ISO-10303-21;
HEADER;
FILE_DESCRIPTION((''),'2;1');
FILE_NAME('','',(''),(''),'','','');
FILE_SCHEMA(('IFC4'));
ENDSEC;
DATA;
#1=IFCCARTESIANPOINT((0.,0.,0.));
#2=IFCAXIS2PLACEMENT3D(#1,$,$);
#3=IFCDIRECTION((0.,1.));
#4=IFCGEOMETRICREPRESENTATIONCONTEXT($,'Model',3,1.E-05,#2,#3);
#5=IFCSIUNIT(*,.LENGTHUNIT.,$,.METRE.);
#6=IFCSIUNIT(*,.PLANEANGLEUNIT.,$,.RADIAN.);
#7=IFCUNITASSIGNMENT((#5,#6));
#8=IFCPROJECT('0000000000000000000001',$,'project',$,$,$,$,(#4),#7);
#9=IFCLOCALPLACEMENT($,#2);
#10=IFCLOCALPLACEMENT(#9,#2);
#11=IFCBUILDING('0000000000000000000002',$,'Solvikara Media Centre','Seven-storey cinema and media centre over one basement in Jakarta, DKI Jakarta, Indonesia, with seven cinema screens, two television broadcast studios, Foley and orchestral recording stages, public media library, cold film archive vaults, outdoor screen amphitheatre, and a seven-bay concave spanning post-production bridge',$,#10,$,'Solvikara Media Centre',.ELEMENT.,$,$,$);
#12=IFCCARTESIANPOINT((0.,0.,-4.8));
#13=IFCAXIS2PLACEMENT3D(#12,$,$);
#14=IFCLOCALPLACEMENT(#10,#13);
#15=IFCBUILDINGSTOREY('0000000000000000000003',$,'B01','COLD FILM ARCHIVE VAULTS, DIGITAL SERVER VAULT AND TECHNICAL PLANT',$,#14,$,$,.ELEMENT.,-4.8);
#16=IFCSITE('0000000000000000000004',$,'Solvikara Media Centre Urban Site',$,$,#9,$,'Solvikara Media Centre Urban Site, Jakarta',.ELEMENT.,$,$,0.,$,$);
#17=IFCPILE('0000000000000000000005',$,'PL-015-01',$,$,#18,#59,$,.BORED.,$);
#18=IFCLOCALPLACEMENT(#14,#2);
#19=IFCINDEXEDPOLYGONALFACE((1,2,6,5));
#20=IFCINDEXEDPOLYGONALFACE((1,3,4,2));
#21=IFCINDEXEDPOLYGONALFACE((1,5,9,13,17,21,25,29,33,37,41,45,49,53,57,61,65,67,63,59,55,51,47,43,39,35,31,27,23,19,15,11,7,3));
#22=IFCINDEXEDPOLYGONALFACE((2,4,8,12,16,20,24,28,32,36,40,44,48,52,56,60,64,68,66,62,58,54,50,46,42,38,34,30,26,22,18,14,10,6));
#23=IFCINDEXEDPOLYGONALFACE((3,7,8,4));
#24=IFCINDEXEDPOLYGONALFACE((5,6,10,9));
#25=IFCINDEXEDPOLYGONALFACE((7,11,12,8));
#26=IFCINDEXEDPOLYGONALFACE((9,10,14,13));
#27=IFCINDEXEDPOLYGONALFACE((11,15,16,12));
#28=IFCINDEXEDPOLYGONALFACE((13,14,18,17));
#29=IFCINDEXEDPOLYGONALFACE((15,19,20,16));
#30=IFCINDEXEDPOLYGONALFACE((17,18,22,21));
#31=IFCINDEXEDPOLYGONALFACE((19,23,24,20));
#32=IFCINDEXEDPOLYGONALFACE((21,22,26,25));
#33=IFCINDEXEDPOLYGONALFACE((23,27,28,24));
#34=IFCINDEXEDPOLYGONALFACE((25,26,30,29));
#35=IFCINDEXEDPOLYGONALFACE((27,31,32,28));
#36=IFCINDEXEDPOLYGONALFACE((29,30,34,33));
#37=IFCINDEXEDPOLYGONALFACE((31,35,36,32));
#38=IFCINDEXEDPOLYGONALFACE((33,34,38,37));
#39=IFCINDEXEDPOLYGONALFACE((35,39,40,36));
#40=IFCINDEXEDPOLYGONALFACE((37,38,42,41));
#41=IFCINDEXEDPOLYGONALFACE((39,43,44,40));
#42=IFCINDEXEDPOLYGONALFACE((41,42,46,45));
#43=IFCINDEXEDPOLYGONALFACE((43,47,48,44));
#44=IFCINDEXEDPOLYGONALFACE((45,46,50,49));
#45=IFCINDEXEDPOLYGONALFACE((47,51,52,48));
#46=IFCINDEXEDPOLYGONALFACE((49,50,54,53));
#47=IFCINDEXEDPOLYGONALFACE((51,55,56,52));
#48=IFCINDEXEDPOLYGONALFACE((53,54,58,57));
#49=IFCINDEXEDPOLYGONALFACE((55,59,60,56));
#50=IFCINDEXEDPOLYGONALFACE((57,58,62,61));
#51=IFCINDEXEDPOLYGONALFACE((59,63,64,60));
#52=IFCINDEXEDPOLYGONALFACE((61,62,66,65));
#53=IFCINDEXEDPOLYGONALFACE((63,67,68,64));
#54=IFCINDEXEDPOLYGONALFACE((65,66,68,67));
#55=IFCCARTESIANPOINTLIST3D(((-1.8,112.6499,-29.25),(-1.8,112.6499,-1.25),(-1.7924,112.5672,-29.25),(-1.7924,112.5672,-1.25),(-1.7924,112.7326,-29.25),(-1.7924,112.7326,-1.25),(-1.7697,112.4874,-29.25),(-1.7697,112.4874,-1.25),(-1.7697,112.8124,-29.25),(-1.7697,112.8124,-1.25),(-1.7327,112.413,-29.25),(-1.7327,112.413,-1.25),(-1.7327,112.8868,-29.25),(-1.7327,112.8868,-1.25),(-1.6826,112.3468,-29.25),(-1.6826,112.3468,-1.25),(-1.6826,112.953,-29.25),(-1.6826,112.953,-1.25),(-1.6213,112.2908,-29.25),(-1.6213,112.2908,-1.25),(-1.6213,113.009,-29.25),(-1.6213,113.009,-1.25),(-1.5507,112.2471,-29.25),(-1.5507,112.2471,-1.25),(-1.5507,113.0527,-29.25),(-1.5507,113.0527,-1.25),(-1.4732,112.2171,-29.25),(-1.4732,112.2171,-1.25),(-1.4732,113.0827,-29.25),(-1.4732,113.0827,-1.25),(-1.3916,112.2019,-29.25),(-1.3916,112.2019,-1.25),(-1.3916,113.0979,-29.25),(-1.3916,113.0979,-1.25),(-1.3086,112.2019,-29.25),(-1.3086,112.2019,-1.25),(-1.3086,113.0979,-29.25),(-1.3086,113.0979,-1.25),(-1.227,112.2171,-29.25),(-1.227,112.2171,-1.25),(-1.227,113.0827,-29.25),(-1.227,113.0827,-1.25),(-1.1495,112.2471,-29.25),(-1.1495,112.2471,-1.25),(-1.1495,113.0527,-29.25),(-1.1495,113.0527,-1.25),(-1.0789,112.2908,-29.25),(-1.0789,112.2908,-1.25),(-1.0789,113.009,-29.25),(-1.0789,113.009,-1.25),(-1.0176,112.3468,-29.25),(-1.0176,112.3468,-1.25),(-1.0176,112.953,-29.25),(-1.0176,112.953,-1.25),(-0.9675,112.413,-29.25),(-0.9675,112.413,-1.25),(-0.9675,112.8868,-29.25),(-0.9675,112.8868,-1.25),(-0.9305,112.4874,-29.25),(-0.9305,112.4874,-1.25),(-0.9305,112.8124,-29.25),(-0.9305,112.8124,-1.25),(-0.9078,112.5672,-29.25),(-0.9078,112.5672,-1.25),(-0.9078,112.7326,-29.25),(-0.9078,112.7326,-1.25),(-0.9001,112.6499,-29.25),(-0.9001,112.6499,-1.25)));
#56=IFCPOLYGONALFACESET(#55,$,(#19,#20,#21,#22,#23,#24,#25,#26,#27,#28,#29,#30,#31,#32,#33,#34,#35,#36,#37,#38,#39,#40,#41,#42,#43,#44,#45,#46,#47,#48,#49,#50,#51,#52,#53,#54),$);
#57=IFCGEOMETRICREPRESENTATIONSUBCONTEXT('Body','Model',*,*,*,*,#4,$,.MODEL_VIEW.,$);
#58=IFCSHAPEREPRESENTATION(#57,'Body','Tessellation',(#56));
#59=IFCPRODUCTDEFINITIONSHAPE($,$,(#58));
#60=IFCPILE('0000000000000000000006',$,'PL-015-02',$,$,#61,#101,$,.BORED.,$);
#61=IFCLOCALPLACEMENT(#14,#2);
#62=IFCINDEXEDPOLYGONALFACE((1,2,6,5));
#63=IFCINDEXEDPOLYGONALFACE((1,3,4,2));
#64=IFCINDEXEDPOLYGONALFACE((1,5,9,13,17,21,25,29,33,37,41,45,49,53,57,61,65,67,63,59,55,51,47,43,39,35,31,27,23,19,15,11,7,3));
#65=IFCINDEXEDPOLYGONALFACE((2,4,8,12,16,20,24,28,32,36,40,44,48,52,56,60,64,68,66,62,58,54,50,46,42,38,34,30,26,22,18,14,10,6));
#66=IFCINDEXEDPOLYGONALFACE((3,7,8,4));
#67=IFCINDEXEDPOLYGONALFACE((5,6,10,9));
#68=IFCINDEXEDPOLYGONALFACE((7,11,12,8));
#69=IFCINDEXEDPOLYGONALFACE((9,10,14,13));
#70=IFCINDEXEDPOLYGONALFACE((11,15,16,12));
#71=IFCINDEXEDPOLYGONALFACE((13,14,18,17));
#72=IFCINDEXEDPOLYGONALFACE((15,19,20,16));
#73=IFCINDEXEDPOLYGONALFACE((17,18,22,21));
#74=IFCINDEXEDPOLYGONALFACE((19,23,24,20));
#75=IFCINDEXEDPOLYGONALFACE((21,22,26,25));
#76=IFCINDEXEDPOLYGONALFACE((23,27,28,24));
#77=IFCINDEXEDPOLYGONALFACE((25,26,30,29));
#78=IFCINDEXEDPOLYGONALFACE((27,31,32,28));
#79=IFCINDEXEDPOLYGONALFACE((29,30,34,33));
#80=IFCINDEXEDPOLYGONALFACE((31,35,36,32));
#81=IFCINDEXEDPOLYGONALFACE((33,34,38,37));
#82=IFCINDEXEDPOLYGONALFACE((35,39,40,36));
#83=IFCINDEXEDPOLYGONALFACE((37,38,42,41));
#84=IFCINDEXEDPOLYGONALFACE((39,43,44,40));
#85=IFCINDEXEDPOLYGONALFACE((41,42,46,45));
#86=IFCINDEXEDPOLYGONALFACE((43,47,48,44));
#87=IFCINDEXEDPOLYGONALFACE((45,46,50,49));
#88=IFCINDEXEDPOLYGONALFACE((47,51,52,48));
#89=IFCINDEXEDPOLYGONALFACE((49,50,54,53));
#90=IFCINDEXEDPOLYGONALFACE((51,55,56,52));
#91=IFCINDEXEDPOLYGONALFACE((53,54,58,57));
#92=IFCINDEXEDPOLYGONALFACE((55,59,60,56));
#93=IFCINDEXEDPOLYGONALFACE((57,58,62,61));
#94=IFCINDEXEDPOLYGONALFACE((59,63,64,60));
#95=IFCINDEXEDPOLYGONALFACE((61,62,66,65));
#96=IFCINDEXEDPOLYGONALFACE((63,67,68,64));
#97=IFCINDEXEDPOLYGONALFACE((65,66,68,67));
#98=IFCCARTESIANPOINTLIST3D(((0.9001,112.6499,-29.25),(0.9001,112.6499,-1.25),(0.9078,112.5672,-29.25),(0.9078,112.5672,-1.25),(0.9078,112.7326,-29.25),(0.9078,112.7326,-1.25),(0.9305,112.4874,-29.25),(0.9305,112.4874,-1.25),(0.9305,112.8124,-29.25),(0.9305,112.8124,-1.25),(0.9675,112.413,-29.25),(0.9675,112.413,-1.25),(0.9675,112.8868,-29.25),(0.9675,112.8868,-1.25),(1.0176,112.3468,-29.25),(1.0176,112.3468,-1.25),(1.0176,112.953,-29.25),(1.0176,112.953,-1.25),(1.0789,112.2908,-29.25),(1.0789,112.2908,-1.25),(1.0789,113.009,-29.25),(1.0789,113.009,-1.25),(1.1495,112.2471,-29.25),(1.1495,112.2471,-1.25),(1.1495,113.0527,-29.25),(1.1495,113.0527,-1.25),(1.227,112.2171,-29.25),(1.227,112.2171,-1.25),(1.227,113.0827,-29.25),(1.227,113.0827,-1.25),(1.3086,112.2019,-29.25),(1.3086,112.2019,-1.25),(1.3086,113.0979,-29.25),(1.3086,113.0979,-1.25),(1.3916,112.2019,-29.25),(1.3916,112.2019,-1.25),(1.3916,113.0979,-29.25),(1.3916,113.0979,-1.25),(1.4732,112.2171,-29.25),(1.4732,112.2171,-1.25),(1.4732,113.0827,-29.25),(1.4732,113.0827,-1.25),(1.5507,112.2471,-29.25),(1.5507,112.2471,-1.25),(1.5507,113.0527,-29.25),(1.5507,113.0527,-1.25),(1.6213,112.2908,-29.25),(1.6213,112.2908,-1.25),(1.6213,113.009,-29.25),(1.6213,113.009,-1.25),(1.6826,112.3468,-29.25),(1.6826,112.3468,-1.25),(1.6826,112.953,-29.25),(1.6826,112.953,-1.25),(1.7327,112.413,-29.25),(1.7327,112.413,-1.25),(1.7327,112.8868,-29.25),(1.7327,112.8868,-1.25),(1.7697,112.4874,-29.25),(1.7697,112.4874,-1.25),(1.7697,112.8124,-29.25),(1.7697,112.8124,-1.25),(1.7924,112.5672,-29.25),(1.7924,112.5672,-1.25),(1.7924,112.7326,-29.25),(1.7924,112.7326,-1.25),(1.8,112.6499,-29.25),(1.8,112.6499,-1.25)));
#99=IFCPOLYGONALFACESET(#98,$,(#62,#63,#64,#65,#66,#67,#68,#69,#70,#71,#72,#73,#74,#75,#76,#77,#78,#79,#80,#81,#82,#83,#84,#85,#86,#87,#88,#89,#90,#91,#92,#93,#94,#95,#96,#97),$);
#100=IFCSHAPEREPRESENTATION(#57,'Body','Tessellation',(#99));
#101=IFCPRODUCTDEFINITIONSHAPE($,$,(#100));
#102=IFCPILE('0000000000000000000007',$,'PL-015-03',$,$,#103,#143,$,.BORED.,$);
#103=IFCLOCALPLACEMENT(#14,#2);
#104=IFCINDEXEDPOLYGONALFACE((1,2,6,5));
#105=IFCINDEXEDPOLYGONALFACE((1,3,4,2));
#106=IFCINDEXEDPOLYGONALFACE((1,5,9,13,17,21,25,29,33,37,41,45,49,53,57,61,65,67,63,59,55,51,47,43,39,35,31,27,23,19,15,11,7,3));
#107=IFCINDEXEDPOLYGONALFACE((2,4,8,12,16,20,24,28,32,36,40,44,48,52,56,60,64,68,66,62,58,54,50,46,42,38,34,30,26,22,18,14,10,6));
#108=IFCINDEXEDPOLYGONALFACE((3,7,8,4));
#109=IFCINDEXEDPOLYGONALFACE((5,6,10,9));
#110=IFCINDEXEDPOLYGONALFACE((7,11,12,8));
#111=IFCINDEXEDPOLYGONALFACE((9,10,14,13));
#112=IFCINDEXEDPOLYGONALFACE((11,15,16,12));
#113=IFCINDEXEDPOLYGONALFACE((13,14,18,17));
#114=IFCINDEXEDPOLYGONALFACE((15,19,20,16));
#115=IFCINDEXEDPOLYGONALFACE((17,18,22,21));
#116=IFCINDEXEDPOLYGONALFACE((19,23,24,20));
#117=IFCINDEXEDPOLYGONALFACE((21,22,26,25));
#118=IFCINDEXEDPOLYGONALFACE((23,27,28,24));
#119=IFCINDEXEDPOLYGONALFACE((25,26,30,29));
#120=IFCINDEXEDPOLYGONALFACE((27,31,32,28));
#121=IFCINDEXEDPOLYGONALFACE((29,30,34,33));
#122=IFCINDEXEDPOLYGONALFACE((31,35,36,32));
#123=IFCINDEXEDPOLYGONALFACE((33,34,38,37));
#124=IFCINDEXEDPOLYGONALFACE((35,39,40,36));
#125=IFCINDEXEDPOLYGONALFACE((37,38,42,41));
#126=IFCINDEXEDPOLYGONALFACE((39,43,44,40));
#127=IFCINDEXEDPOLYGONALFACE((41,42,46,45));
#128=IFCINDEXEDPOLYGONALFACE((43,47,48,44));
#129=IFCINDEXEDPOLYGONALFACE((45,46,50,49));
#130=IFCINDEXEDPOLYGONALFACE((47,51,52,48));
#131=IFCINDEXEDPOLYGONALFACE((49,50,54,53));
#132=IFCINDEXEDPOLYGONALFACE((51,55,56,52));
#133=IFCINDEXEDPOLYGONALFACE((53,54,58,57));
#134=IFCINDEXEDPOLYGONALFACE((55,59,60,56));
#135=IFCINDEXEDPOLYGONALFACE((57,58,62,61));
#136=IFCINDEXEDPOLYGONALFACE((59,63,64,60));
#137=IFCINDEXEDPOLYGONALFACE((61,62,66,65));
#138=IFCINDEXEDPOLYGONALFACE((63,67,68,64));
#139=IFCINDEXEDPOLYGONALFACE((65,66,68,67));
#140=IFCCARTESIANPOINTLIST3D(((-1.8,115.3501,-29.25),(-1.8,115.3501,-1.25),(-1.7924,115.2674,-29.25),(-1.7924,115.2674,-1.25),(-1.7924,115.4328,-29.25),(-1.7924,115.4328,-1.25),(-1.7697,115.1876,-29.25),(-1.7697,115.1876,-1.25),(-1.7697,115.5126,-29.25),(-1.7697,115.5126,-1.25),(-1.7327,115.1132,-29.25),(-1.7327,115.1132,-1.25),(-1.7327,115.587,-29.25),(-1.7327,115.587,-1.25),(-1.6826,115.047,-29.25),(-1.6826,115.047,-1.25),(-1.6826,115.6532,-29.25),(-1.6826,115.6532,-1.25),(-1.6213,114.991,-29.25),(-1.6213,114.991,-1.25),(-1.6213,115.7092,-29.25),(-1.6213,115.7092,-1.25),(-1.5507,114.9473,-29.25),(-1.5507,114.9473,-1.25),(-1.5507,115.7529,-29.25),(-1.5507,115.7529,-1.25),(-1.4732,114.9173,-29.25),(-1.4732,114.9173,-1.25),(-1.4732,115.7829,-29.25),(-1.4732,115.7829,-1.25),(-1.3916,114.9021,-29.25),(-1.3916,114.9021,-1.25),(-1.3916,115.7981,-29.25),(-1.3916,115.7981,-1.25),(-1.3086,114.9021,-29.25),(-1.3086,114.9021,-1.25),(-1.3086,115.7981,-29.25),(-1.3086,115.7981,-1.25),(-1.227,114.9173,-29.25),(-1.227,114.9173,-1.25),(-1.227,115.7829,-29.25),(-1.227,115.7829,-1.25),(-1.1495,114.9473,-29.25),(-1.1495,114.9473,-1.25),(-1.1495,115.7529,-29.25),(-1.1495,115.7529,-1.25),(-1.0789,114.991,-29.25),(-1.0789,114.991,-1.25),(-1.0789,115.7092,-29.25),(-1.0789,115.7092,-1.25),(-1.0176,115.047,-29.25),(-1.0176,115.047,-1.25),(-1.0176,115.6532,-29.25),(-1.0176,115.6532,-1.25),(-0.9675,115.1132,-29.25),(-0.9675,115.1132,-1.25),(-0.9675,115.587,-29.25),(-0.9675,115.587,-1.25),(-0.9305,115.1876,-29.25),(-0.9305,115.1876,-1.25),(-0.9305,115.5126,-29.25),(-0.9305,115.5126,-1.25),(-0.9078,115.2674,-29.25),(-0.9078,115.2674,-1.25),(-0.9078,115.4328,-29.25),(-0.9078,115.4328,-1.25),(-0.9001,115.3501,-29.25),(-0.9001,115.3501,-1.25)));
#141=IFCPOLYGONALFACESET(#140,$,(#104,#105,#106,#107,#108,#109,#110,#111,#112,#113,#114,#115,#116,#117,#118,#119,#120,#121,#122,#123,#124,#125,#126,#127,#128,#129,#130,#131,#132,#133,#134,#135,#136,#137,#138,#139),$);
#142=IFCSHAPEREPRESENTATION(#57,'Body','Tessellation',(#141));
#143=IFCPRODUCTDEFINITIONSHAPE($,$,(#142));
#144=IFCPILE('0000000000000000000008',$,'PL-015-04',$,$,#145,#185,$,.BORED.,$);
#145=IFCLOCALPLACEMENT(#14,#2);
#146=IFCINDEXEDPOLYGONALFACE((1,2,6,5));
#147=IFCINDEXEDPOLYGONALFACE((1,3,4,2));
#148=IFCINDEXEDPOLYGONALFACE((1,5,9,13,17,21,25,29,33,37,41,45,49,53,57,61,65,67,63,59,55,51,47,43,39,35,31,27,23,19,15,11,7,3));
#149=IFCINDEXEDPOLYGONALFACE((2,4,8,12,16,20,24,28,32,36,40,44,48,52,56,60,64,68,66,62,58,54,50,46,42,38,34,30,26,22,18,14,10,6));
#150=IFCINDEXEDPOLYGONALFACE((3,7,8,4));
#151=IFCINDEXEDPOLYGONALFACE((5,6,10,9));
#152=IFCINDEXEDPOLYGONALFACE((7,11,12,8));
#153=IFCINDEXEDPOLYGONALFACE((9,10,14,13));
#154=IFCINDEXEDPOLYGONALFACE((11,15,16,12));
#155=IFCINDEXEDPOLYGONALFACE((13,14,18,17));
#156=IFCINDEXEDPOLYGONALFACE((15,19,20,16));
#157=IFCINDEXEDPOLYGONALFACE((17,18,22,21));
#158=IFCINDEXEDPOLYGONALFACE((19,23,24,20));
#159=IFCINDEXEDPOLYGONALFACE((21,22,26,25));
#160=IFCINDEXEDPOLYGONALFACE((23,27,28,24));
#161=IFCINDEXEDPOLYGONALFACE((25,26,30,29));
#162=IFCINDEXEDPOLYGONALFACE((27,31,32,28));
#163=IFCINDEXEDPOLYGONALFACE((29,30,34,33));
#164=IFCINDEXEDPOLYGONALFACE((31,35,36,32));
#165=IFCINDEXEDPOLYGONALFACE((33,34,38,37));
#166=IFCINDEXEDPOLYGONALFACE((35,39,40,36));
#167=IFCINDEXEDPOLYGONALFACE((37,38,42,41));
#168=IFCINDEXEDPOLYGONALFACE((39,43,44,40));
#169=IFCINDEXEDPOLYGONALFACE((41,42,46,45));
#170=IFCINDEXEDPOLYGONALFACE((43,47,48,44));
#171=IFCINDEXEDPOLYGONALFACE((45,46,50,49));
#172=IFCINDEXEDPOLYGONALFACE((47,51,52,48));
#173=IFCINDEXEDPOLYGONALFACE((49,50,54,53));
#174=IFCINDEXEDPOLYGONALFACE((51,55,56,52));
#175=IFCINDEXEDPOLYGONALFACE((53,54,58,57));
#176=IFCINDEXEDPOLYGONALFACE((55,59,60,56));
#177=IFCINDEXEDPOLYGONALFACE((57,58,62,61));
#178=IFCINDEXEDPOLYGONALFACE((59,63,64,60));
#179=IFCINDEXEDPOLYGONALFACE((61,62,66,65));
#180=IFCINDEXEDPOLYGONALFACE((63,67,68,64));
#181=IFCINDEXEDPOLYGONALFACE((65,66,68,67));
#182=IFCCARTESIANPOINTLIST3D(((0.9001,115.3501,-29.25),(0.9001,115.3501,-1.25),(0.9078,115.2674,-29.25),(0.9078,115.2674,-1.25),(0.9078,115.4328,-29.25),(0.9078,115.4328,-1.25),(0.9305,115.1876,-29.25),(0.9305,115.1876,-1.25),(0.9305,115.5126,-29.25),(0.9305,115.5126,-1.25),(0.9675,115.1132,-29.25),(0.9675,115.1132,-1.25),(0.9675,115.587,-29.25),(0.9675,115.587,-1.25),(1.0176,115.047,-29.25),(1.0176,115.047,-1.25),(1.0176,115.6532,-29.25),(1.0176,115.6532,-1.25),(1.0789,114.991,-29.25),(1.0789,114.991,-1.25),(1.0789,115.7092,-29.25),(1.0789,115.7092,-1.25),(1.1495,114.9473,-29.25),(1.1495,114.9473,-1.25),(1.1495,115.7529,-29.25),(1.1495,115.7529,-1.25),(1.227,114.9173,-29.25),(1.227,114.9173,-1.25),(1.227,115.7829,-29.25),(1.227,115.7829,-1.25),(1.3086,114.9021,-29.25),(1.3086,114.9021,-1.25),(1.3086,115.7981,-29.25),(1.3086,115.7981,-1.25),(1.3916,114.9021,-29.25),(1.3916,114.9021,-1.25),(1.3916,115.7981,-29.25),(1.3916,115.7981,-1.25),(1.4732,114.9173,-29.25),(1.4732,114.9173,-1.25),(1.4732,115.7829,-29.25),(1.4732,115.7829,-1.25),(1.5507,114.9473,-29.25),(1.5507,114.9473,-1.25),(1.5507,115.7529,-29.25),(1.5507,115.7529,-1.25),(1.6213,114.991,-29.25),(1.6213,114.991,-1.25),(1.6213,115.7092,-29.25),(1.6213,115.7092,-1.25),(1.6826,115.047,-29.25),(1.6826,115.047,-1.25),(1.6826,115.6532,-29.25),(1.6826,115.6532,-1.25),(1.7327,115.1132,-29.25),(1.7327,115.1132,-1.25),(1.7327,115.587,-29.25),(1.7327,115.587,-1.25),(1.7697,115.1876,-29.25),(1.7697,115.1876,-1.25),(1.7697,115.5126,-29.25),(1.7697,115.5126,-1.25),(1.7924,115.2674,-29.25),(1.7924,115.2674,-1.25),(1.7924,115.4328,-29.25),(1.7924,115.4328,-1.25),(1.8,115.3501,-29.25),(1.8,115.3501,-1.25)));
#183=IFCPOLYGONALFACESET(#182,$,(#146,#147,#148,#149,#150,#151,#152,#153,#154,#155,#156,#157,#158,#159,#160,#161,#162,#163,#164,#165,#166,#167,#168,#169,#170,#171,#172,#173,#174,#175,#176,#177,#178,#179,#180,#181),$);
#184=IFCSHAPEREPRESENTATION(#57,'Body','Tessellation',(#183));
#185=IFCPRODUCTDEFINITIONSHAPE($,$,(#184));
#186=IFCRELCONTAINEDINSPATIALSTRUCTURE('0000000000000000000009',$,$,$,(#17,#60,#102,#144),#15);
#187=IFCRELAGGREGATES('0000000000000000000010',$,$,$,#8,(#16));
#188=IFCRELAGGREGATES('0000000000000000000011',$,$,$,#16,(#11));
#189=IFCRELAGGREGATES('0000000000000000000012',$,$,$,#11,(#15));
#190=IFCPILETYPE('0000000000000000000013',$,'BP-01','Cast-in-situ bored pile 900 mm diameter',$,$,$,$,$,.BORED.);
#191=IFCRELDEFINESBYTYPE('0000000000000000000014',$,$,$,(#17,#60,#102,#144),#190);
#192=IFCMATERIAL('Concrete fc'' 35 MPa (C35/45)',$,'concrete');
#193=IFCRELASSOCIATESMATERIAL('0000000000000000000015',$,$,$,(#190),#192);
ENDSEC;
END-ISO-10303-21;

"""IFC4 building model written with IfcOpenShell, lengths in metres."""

from ifc_helpers import new_model, si_unit, direction, frame, origin, origin_2d, place, context, subcontext, project, spatial, circle, extrude, material, material_profile, profile_set, type_object, element, save


model = new_model("IFC4")

# Units and contexts
model_context = context("Model", 3, precision=1e-05, world=origin(), true_north=direction((0.0, 1.0)))
body_context = subcontext(model_context, "Body", "Model", "MODEL_VIEW")
ifc_project = project(units=[si_unit("LENGTHUNIT", "METRE"), si_unit("PLANEANGLEUNIT", "RADIAN")], contexts=[model_context])

# Site, building, storey
site_placement = place(None, origin())
site = spatial("IfcSite", under=ifc_project, at=site_placement, Name="Solvikara Media Centre Urban Site", LongName="Solvikara Media Centre Urban Site, Jakarta", CompositionType="ELEMENT", RefElevation=0.0)
building_placement = place(site_placement, origin())
building = spatial("IfcBuilding", under=site, at=building_placement, Name="Solvikara Media Centre", Description="Seven-storey cinema and media centre over one basement in Jakarta, DKI Jakarta, Indonesia, with seven cinema screens, two television broadcast studios, Foley and orchestral recording stages, public media library, cold film archive vaults, outdoor screen amphitheatre, and a seven-bay concave spanning post-production bridge", LongName="Solvikara Media Centre", CompositionType="ELEMENT")
storey_placement = place(building_placement, frame((0.0, 0.0, -4.8)))
storey = spatial("IfcBuildingStorey", under=building, at=storey_placement, Name="B01", Description="COLD FILM ARCHIVE VAULTS, DIGITAL SERVER VAULT AND TECHNICAL PLANT", CompositionType="ELEMENT", Elevation=-4.8)

# Piles
ifc_material_1 = material(Name="Concrete fc' 35 MPa (C35/45)", Category="concrete")
ifc_material_profile_1 = material_profile(ifc_material_1, circle(Radius=0.45, at=origin_2d()), Name="BORED PILE D900")
ifc_profile_set_1 = profile_set([ifc_material_profile_1], Name="Concrete fc' 35 MPa (C35/45)")
pile_type_1 = type_object("IfcPileType", Name="BP-01", Description="Cast-in-situ bored pile 900 mm diameter", PredefinedType="BORED", material=ifc_profile_set_1)
for number, where, z_axis, x_axis, name in (
    (1, (-1.3501, 112.6499, -1.25), (0.0, 0.0, -1.0), (1.0, 0.0, 0.0), "PL-015-01"),
    (2, (1.3501, 112.6499, -1.25), (0.0, 0.0, -1.0), (1.0, 0.0, 0.0), "PL-015-02"),
    (3, (-1.3501, 115.3501, -1.25), (0.0, 0.0, -1.0), (1.0, 0.0, 0.0), "PL-015-03"),
    (4, (1.3501, 115.3501, -1.25), (0.0, 0.0, -1.0), (1.0, 0.0, 0.0), "PL-015-04"),
):
    element("IfcPile", number, at=place(storey_placement, frame(where, z_axis=z_axis, x_axis=x_axis)), inside=storey, type_object=pile_type_1, Name=name, PredefinedType="BORED", context=body_context, shape_type="SweptSolid", body=[
        extrude(circle(Radius=0.45, at=origin_2d()), origin(), (0.0, 0.0, 1.0), 28.0),
    ])

save(model, "model.ifc")
